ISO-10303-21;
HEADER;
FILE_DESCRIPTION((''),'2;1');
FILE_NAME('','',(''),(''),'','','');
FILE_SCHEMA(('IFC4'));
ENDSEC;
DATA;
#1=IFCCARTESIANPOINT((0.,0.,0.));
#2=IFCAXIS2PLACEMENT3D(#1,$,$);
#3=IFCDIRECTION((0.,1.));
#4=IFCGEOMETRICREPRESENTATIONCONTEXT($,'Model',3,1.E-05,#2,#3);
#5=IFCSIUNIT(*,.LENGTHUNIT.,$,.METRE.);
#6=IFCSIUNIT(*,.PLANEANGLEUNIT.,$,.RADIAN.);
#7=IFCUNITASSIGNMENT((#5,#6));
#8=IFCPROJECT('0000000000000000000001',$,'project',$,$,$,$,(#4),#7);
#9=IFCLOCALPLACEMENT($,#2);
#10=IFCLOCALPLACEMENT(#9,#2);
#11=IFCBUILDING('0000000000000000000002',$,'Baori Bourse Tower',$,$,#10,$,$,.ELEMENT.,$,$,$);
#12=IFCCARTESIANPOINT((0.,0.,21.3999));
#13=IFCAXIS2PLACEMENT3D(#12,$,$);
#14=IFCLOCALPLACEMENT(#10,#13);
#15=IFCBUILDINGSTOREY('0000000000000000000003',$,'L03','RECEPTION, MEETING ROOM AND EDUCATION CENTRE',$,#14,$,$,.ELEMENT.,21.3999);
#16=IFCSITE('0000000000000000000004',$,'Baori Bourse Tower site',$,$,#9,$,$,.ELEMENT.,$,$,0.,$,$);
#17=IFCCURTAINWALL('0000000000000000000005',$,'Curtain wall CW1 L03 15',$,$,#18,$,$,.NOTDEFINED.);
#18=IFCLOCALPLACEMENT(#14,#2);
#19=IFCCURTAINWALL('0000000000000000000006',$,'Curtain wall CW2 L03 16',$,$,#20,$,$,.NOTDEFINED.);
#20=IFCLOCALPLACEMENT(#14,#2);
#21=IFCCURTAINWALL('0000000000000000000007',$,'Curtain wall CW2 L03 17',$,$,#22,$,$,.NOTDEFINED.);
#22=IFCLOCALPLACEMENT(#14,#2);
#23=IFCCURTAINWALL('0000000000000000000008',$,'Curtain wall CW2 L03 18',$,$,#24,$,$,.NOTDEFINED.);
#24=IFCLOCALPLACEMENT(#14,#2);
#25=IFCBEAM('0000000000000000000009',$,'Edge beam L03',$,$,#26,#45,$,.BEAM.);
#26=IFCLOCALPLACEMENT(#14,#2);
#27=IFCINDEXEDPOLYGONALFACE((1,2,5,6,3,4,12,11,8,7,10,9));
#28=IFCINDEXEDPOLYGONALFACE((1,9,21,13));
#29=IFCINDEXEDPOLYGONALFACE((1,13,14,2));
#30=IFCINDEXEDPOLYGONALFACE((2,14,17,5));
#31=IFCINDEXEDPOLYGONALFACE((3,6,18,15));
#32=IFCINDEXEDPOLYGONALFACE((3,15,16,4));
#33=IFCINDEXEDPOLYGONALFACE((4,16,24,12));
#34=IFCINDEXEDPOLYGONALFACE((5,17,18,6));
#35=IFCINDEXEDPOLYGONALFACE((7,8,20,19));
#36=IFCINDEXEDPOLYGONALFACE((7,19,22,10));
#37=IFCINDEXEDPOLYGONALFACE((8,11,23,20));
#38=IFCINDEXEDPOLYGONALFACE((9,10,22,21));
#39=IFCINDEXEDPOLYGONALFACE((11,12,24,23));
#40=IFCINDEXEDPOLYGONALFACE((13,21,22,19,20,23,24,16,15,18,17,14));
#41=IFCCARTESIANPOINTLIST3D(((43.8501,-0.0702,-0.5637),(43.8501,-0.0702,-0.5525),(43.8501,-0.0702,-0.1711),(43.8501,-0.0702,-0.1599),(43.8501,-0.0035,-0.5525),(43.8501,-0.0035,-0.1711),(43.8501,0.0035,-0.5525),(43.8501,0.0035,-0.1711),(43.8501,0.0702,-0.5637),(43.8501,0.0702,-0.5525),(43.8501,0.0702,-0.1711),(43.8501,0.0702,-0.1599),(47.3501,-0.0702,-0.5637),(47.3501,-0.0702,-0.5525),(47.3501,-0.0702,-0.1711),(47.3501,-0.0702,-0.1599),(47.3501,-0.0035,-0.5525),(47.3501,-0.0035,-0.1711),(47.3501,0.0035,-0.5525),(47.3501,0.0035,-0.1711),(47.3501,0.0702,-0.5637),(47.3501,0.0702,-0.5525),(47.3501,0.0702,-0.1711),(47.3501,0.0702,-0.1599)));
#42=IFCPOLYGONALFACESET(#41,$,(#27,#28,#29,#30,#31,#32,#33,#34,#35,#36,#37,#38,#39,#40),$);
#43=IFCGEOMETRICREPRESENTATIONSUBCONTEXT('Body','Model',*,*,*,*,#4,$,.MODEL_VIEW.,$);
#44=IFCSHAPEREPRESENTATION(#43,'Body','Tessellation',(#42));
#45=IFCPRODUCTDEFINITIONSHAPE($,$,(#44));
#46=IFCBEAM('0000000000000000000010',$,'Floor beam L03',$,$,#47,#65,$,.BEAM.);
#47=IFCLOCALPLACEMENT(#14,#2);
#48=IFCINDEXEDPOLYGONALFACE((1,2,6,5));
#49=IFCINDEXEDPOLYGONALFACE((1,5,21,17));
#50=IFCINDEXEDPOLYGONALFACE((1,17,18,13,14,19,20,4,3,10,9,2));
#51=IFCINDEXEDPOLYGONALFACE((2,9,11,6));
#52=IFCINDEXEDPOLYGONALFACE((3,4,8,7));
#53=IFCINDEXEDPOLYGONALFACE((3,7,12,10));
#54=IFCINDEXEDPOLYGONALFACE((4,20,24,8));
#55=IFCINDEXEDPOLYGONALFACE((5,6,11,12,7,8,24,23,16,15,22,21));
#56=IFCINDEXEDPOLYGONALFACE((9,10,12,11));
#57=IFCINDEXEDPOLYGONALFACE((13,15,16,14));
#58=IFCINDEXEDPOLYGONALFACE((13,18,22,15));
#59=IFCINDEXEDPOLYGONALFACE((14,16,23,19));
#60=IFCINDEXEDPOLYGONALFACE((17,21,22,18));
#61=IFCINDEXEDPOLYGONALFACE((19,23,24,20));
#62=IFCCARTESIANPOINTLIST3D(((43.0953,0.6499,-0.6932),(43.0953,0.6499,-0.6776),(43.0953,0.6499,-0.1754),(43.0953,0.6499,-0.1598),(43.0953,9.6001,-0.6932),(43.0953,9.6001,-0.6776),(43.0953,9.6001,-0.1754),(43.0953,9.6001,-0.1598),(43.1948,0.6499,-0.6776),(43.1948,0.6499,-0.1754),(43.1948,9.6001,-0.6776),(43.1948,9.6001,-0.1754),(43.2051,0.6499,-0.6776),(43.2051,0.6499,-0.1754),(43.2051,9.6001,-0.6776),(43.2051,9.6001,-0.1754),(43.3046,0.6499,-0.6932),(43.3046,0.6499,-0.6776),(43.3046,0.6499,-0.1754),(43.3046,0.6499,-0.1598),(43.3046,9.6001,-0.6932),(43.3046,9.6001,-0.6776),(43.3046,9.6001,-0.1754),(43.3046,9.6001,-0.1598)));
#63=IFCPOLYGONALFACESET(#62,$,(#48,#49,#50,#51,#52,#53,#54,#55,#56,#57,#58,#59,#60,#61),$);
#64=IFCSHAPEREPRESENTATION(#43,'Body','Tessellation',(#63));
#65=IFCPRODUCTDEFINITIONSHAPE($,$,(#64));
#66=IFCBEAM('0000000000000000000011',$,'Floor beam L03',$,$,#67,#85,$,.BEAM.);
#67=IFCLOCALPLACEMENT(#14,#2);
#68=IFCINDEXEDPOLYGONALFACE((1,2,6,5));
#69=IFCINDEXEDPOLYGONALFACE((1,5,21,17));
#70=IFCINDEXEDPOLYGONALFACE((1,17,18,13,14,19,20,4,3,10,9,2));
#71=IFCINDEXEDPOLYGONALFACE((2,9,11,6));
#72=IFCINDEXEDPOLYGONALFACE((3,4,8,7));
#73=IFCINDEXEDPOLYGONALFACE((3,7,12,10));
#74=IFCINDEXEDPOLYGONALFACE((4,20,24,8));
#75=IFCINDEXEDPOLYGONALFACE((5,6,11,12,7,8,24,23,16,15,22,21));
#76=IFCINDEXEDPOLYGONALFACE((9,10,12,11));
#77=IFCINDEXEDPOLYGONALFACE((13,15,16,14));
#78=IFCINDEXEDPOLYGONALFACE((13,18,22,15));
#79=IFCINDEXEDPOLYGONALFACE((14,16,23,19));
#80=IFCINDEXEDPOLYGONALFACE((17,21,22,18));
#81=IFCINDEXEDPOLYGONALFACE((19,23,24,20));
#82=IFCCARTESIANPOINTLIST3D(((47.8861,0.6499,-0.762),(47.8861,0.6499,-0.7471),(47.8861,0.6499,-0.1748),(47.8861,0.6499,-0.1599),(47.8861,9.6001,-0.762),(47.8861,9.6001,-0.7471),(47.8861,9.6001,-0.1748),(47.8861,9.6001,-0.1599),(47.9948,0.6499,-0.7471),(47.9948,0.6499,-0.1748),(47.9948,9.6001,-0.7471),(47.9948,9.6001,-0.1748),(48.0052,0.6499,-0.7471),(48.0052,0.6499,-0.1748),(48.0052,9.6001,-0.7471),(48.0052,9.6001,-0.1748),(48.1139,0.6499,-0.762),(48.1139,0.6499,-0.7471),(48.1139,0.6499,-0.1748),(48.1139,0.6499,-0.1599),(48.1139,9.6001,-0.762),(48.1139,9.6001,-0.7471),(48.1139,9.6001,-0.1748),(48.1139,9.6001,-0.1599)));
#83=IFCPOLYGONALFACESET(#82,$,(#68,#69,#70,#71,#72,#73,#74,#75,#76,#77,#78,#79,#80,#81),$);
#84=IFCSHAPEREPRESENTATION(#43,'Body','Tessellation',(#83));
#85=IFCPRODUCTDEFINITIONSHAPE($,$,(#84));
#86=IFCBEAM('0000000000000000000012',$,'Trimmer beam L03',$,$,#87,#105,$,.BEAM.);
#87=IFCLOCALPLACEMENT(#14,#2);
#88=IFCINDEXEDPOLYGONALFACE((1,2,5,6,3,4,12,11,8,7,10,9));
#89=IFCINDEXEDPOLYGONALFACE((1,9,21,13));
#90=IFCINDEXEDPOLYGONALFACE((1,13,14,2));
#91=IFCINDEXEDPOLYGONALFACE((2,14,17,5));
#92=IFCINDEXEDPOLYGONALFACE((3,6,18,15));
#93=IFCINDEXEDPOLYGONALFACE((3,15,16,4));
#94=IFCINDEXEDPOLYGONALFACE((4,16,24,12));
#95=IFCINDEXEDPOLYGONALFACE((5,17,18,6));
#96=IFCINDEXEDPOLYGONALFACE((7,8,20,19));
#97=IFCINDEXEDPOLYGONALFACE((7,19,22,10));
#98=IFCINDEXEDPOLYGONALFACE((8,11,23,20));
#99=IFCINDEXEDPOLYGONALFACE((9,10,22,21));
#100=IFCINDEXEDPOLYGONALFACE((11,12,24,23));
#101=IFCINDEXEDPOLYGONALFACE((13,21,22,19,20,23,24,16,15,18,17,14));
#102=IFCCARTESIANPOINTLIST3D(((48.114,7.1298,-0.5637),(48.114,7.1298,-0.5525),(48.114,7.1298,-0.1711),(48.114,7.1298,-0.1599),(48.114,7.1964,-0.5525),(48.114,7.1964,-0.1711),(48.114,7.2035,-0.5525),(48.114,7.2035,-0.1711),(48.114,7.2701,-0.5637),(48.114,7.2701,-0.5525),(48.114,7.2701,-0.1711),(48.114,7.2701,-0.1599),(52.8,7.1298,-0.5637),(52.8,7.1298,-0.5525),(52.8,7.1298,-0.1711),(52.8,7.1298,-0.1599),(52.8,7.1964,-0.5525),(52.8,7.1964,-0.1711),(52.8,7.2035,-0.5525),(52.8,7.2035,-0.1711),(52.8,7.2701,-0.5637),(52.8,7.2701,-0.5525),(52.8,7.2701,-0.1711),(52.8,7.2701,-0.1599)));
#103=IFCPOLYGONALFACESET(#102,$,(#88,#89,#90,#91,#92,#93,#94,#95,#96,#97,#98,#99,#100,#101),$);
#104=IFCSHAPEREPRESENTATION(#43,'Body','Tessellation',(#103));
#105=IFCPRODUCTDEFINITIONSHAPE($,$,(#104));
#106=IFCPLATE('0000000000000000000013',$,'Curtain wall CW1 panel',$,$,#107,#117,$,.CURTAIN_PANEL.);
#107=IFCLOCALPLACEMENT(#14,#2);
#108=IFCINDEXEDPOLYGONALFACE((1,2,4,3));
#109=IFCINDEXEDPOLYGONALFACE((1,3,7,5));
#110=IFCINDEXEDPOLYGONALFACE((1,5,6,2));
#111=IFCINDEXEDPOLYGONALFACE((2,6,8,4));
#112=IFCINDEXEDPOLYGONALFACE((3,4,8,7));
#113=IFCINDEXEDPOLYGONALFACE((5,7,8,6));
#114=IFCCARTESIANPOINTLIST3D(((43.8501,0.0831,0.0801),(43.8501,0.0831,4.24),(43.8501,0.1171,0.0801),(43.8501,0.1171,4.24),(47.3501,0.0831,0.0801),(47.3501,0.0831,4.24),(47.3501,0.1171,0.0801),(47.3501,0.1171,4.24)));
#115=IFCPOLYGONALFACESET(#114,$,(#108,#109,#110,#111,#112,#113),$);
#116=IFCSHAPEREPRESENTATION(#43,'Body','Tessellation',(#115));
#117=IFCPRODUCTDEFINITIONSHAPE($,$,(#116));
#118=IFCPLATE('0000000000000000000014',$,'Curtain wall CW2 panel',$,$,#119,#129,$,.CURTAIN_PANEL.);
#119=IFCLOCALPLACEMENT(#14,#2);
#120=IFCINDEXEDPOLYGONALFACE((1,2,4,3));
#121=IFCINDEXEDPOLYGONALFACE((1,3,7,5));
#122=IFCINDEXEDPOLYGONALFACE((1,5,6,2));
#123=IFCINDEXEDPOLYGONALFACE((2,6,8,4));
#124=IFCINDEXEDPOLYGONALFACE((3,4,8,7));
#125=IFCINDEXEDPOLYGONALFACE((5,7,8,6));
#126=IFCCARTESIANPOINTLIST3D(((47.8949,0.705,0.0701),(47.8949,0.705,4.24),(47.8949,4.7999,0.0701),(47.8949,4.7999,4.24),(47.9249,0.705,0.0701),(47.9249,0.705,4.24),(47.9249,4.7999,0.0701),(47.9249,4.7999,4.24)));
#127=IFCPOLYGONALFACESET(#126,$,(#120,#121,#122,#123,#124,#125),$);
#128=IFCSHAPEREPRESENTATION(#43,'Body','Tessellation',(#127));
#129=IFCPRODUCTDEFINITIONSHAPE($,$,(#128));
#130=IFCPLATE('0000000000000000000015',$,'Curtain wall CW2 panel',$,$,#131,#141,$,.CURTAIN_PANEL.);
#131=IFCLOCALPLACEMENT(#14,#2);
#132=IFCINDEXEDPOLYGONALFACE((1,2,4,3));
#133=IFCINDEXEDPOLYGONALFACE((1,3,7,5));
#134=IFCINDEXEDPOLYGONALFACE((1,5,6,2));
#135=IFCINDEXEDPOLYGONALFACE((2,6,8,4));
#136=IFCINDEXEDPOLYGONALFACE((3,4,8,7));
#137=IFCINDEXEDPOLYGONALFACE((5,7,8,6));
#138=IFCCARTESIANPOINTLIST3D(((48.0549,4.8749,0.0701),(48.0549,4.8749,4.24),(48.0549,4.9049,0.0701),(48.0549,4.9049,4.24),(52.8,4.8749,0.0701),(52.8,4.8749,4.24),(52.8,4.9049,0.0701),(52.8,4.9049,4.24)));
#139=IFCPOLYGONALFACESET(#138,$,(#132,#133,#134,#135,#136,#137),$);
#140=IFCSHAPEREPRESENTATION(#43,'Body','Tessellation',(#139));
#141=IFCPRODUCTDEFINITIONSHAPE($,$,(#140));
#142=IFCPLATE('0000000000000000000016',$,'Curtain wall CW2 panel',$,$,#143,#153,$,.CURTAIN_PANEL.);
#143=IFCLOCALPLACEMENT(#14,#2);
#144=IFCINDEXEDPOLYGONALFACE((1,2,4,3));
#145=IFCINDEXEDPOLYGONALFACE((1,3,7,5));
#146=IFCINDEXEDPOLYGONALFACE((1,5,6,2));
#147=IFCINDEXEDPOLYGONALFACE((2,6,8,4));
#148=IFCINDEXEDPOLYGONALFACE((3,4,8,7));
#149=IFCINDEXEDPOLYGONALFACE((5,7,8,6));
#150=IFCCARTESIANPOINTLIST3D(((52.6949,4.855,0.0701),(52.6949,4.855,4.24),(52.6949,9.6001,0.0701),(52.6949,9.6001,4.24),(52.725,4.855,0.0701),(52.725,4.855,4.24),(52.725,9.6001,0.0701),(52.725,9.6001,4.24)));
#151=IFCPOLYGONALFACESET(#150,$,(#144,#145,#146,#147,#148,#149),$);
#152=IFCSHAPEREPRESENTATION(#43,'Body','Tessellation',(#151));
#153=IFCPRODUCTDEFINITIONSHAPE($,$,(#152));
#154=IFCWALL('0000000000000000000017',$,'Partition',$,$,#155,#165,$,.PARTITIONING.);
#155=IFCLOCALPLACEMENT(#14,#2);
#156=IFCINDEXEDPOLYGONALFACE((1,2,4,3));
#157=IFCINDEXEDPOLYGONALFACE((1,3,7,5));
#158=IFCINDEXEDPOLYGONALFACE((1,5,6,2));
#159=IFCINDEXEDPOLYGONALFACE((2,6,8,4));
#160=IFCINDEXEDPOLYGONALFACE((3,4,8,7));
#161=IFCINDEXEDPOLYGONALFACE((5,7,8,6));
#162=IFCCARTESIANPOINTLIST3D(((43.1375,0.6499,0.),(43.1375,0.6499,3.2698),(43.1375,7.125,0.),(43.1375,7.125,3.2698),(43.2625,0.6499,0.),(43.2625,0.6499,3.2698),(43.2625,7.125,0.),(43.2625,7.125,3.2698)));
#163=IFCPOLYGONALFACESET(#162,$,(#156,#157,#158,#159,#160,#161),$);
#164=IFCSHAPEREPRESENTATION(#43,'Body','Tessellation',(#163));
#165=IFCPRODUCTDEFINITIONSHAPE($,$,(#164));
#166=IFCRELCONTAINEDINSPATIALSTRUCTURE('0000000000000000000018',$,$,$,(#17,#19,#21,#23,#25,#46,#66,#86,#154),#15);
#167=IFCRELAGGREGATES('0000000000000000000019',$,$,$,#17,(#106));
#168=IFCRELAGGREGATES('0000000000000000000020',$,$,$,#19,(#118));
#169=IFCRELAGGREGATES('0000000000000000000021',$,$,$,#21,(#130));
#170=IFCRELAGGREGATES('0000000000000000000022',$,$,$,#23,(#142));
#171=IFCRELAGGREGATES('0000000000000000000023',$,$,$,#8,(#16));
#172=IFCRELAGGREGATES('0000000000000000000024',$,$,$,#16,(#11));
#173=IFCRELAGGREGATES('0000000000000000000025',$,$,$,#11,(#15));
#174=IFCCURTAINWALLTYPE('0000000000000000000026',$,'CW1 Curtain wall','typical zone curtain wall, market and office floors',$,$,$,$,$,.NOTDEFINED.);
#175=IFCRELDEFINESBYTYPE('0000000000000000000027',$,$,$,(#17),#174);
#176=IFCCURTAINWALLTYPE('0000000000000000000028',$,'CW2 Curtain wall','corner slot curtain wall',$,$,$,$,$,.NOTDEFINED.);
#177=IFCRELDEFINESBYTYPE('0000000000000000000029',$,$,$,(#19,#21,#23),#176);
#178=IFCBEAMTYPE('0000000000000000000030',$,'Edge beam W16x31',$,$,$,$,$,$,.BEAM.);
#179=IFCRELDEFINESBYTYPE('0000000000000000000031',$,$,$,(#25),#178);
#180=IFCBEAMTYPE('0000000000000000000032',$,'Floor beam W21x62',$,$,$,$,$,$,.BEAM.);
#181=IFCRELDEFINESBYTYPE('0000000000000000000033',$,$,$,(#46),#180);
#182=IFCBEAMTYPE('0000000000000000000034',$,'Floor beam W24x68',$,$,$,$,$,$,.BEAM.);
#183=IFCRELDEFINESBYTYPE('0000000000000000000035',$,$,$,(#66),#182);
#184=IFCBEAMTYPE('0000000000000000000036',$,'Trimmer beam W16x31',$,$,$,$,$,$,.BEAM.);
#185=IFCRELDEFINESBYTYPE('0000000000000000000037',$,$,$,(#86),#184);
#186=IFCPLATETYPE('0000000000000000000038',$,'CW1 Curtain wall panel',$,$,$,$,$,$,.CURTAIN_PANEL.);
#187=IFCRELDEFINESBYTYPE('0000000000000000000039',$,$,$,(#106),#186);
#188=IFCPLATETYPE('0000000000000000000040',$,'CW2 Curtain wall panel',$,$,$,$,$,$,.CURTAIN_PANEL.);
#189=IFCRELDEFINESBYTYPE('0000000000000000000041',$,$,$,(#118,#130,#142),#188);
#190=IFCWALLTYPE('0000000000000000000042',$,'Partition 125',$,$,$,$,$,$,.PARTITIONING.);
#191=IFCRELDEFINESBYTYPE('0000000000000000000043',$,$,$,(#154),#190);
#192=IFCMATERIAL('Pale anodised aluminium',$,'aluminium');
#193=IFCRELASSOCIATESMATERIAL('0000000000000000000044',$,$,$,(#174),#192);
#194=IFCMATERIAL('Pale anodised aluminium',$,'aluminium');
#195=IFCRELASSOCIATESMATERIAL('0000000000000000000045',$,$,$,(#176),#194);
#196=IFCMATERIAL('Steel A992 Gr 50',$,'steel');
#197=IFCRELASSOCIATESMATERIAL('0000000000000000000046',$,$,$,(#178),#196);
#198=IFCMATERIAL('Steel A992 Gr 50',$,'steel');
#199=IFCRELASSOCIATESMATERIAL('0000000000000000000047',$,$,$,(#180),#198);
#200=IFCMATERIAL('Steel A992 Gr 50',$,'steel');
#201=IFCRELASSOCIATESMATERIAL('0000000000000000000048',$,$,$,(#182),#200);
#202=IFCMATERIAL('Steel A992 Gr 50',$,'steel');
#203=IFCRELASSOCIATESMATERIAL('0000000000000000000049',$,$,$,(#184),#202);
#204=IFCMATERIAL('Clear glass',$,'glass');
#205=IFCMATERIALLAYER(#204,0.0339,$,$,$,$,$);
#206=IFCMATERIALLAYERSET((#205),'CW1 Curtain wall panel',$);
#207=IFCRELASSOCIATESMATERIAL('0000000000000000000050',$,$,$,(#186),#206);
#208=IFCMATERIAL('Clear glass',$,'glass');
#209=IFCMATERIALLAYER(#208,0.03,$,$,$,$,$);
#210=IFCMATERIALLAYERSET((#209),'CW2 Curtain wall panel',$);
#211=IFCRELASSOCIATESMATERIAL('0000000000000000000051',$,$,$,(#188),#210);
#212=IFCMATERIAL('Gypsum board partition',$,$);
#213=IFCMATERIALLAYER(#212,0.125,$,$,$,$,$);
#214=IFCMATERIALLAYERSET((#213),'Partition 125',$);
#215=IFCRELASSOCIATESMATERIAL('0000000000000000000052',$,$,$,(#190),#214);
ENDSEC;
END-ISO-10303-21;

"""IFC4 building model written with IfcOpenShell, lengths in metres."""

from ifc_helpers import new_model, si_unit, direction, frame, frame_2d, origin, origin_2d, place, context, subcontext, project, spatial, rectangle, i_section, extrude, material, layer, layer_set, material_profile, profile_set, type_object, element, aggregate, save


model = new_model("IFC4")

# Units and contexts
model_context = context("Model", 3, precision=1e-05, world=origin(), true_north=direction((0.0, 1.0)))
body_context = subcontext(model_context, "Body", "Model", "MODEL_VIEW")
ifc_project = project(units=[si_unit("LENGTHUNIT", "METRE"), si_unit("PLANEANGLEUNIT", "RADIAN")], contexts=[model_context])

# Site, building, storey
site_placement = place(None, origin())
site = spatial("IfcSite", under=ifc_project, at=site_placement, Name="Baori Bourse Tower site", CompositionType="ELEMENT", RefElevation=0.0)
building_placement = place(site_placement, origin())
building = spatial("IfcBuilding", under=site, at=building_placement, Name="Baori Bourse Tower", CompositionType="ELEMENT")
storey_placement = place(building_placement, frame((0.0, 0.0, 21.3999)))
storey = spatial("IfcBuildingStorey", under=building, at=storey_placement, Name="L03", Description="RECEPTION, MEETING ROOM AND EDUCATION CENTRE", CompositionType="ELEMENT", Elevation=21.3999)

# Curtain walls
ifc_material_1 = material(Name="Pale anodised aluminium", Category="aluminium")
curtain_wall_type_1 = type_object("IfcCurtainWallType", Name="CW1 Curtain wall", Description="typical zone curtain wall, market and office floors", PredefinedType="NOTDEFINED", material=ifc_material_1)
curtain_wall_1_placement = place(storey_placement, origin())
curtain_wall_1 = element("IfcCurtainWall", 1, at=curtain_wall_1_placement, inside=storey, type_object=curtain_wall_type_1, Name="Curtain wall CW1 L03 15", PredefinedType="NOTDEFINED")
ifc_material_2 = material(Name="Pale anodised aluminium", Category="aluminium")
curtain_wall_type_2 = type_object("IfcCurtainWallType", Name="CW2 Curtain wall", Description="corner slot curtain wall", PredefinedType="NOTDEFINED", material=ifc_material_2)
curtain_wall_2_placement = place(storey_placement, origin())
curtain_wall_2 = element("IfcCurtainWall", 2, at=curtain_wall_2_placement, inside=storey, type_object=curtain_wall_type_2, Name="Curtain wall CW2 L03 16", PredefinedType="NOTDEFINED")
curtain_wall_3_placement = place(storey_placement, origin())
curtain_wall_3 = element("IfcCurtainWall", 3, at=curtain_wall_3_placement, inside=storey, type_object=curtain_wall_type_2, Name="Curtain wall CW2 L03 17", PredefinedType="NOTDEFINED")
curtain_wall_4_placement = place(storey_placement, origin())
curtain_wall_4 = element("IfcCurtainWall", 4, at=curtain_wall_4_placement, inside=storey, type_object=curtain_wall_type_2, Name="Curtain wall CW2 L03 18", PredefinedType="NOTDEFINED")

# Beams
ifc_material_3 = material(Name="Steel A992 Gr 50", Category="steel")
ifc_material_profile_1 = material_profile(ifc_material_3, i_section(OverallWidth=0.1404, OverallDepth=0.4038, WebThickness=0.0071, FlangeThickness=0.0112, at=origin_2d()), Name="W16x31")
ifc_profile_set_1 = profile_set([ifc_material_profile_1], Name="Steel A992 Gr 50")
beam_type_1 = type_object("IfcBeamType", Name="Edge beam W16x31", PredefinedType="BEAM", material=ifc_profile_set_1)
beam_1_placement = place(storey_placement, frame((43.8501, 0.0, -0.3618), z_axis=(1.0, 0.0, 0.0), x_axis=(0.0, 1.0, 0.0)))
element("IfcBeam", 5, at=beam_1_placement, inside=storey, type_object=beam_type_1, Name="Edge beam L03", PredefinedType="BEAM", context=body_context, shape_type="SweptSolid", body=[
    extrude(i_section(OverallWidth=0.1404, OverallDepth=0.4038, WebThickness=0.0071, FlangeThickness=0.0112, at=origin_2d()), origin(), (0.0, 0.0, 1.0), 3.5),
])
ifc_material_4 = material(Name="Steel A992 Gr 50", Category="steel")
ifc_material_profile_2 = material_profile(ifc_material_4, i_section(OverallWidth=0.2092, OverallDepth=0.5334, WebThickness=0.0103, FlangeThickness=0.0156, at=origin_2d()), Name="W21x62")
ifc_profile_set_2 = profile_set([ifc_material_profile_2], Name="Steel A992 Gr 50")
beam_type_2 = type_object("IfcBeamType", Name="Floor beam W21x62", PredefinedType="BEAM", material=ifc_profile_set_2)
beam_2_placement = place(storey_placement, frame((43.2, 0.6499, -0.4265), z_axis=(0.0, 1.0, 0.0), x_axis=(-1.0, 0.0, 0.0)))
element("IfcBeam", 6, at=beam_2_placement, inside=storey, type_object=beam_type_2, Name="Floor beam L03", PredefinedType="BEAM", context=body_context, shape_type="SweptSolid", body=[
    extrude(i_section(OverallWidth=0.2092, OverallDepth=0.5334, WebThickness=0.0103, FlangeThickness=0.0156, at=origin_2d()), origin(), (0.0, 0.0, 1.0), 8.9502),
])
ifc_material_5 = material(Name="Steel A992 Gr 50", Category="steel")
ifc_material_profile_3 = material_profile(ifc_material_5, i_section(OverallWidth=0.2278, OverallDepth=0.6021, WebThickness=0.0105, FlangeThickness=0.0149, at=origin_2d()), Name="W24x68")
ifc_profile_set_3 = profile_set([ifc_material_profile_3], Name="Steel A992 Gr 50")
beam_type_3 = type_object("IfcBeamType", Name="Floor beam W24x68", PredefinedType="BEAM", material=ifc_profile_set_3)
beam_3_placement = place(storey_placement, frame((48.0, 0.6499, -0.4609), z_axis=(0.0, 1.0, 0.0), x_axis=(-1.0, 0.0, 0.0)))
element("IfcBeam", 7, at=beam_3_placement, inside=storey, type_object=beam_type_3, Name="Floor beam L03", PredefinedType="BEAM", context=body_context, shape_type="SweptSolid", body=[
    extrude(i_section(OverallWidth=0.2278, OverallDepth=0.6021, WebThickness=0.0105, FlangeThickness=0.0149, at=origin_2d()), origin(), (0.0, 0.0, 1.0), 8.9502),
])
ifc_material_6 = material(Name="Steel A992 Gr 50", Category="steel")
ifc_material_profile_4 = material_profile(ifc_material_6, i_section(OverallWidth=0.1404, OverallDepth=0.4038, WebThickness=0.0071, FlangeThickness=0.0112, at=origin_2d()), Name="W16x31")
ifc_profile_set_4 = profile_set([ifc_material_profile_4], Name="Steel A992 Gr 50")
beam_type_4 = type_object("IfcBeamType", Name="Trimmer beam W16x31", PredefinedType="BEAM", material=ifc_profile_set_4)
beam_4_placement = place(storey_placement, frame((48.114, 7.2, -0.3618), z_axis=(1.0, 0.0, 0.0), x_axis=(0.0, 1.0, 0.0)))
element("IfcBeam", 8, at=beam_4_placement, inside=storey, type_object=beam_type_4, Name="Trimmer beam L03", PredefinedType="BEAM", context=body_context, shape_type="SweptSolid", body=[
    extrude(i_section(OverallWidth=0.1404, OverallDepth=0.4038, WebThickness=0.0071, FlangeThickness=0.0112, at=origin_2d()), origin(), (0.0, 0.0, 1.0), 4.686),
])

# Plates
ifc_material_7 = material(Name="Clear glass", Category="glass")
ifc_layer_1 = layer(ifc_material_7, 0.0339)
ifc_layer_set_1 = layer_set([ifc_layer_1], Name="CW1 Curtain wall panel")
plate_type_1 = type_object("IfcPlateType", Name="CW1 Curtain wall panel", PredefinedType="CURTAIN_PANEL", material=ifc_layer_set_1)
plate_1_placement = place(storey_placement, frame((45.6001, 0.1001, 0.0801), z_axis=(0.0, 0.0, 1.0), x_axis=(1.0, 0.0, 0.0)))
plate_1 = element("IfcPlate", 9, at=plate_1_placement, type_object=plate_type_1, Name="Curtain wall CW1 panel", PredefinedType="CURTAIN_PANEL", context=body_context, shape_type="SweptSolid", body=[
    extrude(rectangle(XDim=3.5, YDim=0.0339, at=origin_2d()), origin(), (0.0, 0.0, 1.0), 4.1599),
])
aggregate(curtain_wall_1, [plate_1])
ifc_material_8 = material(Name="Clear glass", Category="glass")
ifc_layer_2 = layer(ifc_material_8, 0.03)
ifc_layer_set_2 = layer_set([ifc_layer_2], Name="CW2 Curtain wall panel")
plate_type_2 = type_object("IfcPlateType", Name="CW2 Curtain wall panel", PredefinedType="CURTAIN_PANEL", material=ifc_layer_set_2)
plate_2_placement = place(storey_placement, frame((47.9099, 2.7524, 0.0701), z_axis=(0.0, 0.0, 1.0), x_axis=(0.0, 1.0, 0.0)))
plate_2 = element("IfcPlate", 10, at=plate_2_placement, type_object=plate_type_2, Name="Curtain wall CW2 panel", PredefinedType="CURTAIN_PANEL", context=body_context, shape_type="SweptSolid", body=[
    extrude(rectangle(XDim=4.095, YDim=0.03, at=origin_2d()), origin(), (0.0, 0.0, 1.0), 4.1699),
])
aggregate(curtain_wall_2, [plate_2])
plate_3_placement = place(storey_placement, frame((50.4275, 4.8899, 0.0701), z_axis=(0.0, 0.0, 1.0), x_axis=(1.0, 0.0, 0.0)))
plate_3 = element("IfcPlate", 11, at=plate_3_placement, type_object=plate_type_2, Name="Curtain wall CW2 panel", PredefinedType="CURTAIN_PANEL", context=body_context, shape_type="SweptSolid", body=[
    extrude(rectangle(XDim=4.7451, YDim=0.03, at=origin_2d()), origin(), (0.0, 0.0, 1.0), 4.1699),
])
aggregate(curtain_wall_3, [plate_3])
plate_4_placement = place(storey_placement, frame((52.71, 7.2275, 0.0701), z_axis=(0.0, 0.0, 1.0), x_axis=(0.0, 1.0, 0.0)))
plate_4 = element("IfcPlate", 12, at=plate_4_placement, type_object=plate_type_2, Name="Curtain wall CW2 panel", PredefinedType="CURTAIN_PANEL", context=body_context, shape_type="SweptSolid", body=[
    extrude(rectangle(XDim=4.7451, YDim=0.03, at=origin_2d()), origin(), (0.0, 0.0, 1.0), 4.1699),
])
aggregate(curtain_wall_4, [plate_4])

# Wall
ifc_material_9 = material(Name="Gypsum board partition")
ifc_layer_3 = layer(ifc_material_9, 0.125)
ifc_layer_set_3 = layer_set([ifc_layer_3], Name="Partition 125")
wall_type = type_object("IfcWallType", Name="Partition 125", PredefinedType="PARTITIONING", material=ifc_layer_set_3)
wall_placement = place(storey_placement, frame((43.2, 0.6499, 0.0), z_axis=(0.0, 0.0, 1.0), x_axis=(0.0, 1.0, 0.0)))
element("IfcWall", 13, at=wall_placement, inside=storey, type_object=wall_type, Name="Partition", PredefinedType="PARTITIONING", context=body_context, shape_type="SweptSolid", body=[
    extrude(rectangle(XDim=6.4751, YDim=0.125, at=frame_2d((3.2375, 0.0))), origin(), (0.0, 0.0, 1.0), 3.2698),
])

save(model, "model.ifc")
